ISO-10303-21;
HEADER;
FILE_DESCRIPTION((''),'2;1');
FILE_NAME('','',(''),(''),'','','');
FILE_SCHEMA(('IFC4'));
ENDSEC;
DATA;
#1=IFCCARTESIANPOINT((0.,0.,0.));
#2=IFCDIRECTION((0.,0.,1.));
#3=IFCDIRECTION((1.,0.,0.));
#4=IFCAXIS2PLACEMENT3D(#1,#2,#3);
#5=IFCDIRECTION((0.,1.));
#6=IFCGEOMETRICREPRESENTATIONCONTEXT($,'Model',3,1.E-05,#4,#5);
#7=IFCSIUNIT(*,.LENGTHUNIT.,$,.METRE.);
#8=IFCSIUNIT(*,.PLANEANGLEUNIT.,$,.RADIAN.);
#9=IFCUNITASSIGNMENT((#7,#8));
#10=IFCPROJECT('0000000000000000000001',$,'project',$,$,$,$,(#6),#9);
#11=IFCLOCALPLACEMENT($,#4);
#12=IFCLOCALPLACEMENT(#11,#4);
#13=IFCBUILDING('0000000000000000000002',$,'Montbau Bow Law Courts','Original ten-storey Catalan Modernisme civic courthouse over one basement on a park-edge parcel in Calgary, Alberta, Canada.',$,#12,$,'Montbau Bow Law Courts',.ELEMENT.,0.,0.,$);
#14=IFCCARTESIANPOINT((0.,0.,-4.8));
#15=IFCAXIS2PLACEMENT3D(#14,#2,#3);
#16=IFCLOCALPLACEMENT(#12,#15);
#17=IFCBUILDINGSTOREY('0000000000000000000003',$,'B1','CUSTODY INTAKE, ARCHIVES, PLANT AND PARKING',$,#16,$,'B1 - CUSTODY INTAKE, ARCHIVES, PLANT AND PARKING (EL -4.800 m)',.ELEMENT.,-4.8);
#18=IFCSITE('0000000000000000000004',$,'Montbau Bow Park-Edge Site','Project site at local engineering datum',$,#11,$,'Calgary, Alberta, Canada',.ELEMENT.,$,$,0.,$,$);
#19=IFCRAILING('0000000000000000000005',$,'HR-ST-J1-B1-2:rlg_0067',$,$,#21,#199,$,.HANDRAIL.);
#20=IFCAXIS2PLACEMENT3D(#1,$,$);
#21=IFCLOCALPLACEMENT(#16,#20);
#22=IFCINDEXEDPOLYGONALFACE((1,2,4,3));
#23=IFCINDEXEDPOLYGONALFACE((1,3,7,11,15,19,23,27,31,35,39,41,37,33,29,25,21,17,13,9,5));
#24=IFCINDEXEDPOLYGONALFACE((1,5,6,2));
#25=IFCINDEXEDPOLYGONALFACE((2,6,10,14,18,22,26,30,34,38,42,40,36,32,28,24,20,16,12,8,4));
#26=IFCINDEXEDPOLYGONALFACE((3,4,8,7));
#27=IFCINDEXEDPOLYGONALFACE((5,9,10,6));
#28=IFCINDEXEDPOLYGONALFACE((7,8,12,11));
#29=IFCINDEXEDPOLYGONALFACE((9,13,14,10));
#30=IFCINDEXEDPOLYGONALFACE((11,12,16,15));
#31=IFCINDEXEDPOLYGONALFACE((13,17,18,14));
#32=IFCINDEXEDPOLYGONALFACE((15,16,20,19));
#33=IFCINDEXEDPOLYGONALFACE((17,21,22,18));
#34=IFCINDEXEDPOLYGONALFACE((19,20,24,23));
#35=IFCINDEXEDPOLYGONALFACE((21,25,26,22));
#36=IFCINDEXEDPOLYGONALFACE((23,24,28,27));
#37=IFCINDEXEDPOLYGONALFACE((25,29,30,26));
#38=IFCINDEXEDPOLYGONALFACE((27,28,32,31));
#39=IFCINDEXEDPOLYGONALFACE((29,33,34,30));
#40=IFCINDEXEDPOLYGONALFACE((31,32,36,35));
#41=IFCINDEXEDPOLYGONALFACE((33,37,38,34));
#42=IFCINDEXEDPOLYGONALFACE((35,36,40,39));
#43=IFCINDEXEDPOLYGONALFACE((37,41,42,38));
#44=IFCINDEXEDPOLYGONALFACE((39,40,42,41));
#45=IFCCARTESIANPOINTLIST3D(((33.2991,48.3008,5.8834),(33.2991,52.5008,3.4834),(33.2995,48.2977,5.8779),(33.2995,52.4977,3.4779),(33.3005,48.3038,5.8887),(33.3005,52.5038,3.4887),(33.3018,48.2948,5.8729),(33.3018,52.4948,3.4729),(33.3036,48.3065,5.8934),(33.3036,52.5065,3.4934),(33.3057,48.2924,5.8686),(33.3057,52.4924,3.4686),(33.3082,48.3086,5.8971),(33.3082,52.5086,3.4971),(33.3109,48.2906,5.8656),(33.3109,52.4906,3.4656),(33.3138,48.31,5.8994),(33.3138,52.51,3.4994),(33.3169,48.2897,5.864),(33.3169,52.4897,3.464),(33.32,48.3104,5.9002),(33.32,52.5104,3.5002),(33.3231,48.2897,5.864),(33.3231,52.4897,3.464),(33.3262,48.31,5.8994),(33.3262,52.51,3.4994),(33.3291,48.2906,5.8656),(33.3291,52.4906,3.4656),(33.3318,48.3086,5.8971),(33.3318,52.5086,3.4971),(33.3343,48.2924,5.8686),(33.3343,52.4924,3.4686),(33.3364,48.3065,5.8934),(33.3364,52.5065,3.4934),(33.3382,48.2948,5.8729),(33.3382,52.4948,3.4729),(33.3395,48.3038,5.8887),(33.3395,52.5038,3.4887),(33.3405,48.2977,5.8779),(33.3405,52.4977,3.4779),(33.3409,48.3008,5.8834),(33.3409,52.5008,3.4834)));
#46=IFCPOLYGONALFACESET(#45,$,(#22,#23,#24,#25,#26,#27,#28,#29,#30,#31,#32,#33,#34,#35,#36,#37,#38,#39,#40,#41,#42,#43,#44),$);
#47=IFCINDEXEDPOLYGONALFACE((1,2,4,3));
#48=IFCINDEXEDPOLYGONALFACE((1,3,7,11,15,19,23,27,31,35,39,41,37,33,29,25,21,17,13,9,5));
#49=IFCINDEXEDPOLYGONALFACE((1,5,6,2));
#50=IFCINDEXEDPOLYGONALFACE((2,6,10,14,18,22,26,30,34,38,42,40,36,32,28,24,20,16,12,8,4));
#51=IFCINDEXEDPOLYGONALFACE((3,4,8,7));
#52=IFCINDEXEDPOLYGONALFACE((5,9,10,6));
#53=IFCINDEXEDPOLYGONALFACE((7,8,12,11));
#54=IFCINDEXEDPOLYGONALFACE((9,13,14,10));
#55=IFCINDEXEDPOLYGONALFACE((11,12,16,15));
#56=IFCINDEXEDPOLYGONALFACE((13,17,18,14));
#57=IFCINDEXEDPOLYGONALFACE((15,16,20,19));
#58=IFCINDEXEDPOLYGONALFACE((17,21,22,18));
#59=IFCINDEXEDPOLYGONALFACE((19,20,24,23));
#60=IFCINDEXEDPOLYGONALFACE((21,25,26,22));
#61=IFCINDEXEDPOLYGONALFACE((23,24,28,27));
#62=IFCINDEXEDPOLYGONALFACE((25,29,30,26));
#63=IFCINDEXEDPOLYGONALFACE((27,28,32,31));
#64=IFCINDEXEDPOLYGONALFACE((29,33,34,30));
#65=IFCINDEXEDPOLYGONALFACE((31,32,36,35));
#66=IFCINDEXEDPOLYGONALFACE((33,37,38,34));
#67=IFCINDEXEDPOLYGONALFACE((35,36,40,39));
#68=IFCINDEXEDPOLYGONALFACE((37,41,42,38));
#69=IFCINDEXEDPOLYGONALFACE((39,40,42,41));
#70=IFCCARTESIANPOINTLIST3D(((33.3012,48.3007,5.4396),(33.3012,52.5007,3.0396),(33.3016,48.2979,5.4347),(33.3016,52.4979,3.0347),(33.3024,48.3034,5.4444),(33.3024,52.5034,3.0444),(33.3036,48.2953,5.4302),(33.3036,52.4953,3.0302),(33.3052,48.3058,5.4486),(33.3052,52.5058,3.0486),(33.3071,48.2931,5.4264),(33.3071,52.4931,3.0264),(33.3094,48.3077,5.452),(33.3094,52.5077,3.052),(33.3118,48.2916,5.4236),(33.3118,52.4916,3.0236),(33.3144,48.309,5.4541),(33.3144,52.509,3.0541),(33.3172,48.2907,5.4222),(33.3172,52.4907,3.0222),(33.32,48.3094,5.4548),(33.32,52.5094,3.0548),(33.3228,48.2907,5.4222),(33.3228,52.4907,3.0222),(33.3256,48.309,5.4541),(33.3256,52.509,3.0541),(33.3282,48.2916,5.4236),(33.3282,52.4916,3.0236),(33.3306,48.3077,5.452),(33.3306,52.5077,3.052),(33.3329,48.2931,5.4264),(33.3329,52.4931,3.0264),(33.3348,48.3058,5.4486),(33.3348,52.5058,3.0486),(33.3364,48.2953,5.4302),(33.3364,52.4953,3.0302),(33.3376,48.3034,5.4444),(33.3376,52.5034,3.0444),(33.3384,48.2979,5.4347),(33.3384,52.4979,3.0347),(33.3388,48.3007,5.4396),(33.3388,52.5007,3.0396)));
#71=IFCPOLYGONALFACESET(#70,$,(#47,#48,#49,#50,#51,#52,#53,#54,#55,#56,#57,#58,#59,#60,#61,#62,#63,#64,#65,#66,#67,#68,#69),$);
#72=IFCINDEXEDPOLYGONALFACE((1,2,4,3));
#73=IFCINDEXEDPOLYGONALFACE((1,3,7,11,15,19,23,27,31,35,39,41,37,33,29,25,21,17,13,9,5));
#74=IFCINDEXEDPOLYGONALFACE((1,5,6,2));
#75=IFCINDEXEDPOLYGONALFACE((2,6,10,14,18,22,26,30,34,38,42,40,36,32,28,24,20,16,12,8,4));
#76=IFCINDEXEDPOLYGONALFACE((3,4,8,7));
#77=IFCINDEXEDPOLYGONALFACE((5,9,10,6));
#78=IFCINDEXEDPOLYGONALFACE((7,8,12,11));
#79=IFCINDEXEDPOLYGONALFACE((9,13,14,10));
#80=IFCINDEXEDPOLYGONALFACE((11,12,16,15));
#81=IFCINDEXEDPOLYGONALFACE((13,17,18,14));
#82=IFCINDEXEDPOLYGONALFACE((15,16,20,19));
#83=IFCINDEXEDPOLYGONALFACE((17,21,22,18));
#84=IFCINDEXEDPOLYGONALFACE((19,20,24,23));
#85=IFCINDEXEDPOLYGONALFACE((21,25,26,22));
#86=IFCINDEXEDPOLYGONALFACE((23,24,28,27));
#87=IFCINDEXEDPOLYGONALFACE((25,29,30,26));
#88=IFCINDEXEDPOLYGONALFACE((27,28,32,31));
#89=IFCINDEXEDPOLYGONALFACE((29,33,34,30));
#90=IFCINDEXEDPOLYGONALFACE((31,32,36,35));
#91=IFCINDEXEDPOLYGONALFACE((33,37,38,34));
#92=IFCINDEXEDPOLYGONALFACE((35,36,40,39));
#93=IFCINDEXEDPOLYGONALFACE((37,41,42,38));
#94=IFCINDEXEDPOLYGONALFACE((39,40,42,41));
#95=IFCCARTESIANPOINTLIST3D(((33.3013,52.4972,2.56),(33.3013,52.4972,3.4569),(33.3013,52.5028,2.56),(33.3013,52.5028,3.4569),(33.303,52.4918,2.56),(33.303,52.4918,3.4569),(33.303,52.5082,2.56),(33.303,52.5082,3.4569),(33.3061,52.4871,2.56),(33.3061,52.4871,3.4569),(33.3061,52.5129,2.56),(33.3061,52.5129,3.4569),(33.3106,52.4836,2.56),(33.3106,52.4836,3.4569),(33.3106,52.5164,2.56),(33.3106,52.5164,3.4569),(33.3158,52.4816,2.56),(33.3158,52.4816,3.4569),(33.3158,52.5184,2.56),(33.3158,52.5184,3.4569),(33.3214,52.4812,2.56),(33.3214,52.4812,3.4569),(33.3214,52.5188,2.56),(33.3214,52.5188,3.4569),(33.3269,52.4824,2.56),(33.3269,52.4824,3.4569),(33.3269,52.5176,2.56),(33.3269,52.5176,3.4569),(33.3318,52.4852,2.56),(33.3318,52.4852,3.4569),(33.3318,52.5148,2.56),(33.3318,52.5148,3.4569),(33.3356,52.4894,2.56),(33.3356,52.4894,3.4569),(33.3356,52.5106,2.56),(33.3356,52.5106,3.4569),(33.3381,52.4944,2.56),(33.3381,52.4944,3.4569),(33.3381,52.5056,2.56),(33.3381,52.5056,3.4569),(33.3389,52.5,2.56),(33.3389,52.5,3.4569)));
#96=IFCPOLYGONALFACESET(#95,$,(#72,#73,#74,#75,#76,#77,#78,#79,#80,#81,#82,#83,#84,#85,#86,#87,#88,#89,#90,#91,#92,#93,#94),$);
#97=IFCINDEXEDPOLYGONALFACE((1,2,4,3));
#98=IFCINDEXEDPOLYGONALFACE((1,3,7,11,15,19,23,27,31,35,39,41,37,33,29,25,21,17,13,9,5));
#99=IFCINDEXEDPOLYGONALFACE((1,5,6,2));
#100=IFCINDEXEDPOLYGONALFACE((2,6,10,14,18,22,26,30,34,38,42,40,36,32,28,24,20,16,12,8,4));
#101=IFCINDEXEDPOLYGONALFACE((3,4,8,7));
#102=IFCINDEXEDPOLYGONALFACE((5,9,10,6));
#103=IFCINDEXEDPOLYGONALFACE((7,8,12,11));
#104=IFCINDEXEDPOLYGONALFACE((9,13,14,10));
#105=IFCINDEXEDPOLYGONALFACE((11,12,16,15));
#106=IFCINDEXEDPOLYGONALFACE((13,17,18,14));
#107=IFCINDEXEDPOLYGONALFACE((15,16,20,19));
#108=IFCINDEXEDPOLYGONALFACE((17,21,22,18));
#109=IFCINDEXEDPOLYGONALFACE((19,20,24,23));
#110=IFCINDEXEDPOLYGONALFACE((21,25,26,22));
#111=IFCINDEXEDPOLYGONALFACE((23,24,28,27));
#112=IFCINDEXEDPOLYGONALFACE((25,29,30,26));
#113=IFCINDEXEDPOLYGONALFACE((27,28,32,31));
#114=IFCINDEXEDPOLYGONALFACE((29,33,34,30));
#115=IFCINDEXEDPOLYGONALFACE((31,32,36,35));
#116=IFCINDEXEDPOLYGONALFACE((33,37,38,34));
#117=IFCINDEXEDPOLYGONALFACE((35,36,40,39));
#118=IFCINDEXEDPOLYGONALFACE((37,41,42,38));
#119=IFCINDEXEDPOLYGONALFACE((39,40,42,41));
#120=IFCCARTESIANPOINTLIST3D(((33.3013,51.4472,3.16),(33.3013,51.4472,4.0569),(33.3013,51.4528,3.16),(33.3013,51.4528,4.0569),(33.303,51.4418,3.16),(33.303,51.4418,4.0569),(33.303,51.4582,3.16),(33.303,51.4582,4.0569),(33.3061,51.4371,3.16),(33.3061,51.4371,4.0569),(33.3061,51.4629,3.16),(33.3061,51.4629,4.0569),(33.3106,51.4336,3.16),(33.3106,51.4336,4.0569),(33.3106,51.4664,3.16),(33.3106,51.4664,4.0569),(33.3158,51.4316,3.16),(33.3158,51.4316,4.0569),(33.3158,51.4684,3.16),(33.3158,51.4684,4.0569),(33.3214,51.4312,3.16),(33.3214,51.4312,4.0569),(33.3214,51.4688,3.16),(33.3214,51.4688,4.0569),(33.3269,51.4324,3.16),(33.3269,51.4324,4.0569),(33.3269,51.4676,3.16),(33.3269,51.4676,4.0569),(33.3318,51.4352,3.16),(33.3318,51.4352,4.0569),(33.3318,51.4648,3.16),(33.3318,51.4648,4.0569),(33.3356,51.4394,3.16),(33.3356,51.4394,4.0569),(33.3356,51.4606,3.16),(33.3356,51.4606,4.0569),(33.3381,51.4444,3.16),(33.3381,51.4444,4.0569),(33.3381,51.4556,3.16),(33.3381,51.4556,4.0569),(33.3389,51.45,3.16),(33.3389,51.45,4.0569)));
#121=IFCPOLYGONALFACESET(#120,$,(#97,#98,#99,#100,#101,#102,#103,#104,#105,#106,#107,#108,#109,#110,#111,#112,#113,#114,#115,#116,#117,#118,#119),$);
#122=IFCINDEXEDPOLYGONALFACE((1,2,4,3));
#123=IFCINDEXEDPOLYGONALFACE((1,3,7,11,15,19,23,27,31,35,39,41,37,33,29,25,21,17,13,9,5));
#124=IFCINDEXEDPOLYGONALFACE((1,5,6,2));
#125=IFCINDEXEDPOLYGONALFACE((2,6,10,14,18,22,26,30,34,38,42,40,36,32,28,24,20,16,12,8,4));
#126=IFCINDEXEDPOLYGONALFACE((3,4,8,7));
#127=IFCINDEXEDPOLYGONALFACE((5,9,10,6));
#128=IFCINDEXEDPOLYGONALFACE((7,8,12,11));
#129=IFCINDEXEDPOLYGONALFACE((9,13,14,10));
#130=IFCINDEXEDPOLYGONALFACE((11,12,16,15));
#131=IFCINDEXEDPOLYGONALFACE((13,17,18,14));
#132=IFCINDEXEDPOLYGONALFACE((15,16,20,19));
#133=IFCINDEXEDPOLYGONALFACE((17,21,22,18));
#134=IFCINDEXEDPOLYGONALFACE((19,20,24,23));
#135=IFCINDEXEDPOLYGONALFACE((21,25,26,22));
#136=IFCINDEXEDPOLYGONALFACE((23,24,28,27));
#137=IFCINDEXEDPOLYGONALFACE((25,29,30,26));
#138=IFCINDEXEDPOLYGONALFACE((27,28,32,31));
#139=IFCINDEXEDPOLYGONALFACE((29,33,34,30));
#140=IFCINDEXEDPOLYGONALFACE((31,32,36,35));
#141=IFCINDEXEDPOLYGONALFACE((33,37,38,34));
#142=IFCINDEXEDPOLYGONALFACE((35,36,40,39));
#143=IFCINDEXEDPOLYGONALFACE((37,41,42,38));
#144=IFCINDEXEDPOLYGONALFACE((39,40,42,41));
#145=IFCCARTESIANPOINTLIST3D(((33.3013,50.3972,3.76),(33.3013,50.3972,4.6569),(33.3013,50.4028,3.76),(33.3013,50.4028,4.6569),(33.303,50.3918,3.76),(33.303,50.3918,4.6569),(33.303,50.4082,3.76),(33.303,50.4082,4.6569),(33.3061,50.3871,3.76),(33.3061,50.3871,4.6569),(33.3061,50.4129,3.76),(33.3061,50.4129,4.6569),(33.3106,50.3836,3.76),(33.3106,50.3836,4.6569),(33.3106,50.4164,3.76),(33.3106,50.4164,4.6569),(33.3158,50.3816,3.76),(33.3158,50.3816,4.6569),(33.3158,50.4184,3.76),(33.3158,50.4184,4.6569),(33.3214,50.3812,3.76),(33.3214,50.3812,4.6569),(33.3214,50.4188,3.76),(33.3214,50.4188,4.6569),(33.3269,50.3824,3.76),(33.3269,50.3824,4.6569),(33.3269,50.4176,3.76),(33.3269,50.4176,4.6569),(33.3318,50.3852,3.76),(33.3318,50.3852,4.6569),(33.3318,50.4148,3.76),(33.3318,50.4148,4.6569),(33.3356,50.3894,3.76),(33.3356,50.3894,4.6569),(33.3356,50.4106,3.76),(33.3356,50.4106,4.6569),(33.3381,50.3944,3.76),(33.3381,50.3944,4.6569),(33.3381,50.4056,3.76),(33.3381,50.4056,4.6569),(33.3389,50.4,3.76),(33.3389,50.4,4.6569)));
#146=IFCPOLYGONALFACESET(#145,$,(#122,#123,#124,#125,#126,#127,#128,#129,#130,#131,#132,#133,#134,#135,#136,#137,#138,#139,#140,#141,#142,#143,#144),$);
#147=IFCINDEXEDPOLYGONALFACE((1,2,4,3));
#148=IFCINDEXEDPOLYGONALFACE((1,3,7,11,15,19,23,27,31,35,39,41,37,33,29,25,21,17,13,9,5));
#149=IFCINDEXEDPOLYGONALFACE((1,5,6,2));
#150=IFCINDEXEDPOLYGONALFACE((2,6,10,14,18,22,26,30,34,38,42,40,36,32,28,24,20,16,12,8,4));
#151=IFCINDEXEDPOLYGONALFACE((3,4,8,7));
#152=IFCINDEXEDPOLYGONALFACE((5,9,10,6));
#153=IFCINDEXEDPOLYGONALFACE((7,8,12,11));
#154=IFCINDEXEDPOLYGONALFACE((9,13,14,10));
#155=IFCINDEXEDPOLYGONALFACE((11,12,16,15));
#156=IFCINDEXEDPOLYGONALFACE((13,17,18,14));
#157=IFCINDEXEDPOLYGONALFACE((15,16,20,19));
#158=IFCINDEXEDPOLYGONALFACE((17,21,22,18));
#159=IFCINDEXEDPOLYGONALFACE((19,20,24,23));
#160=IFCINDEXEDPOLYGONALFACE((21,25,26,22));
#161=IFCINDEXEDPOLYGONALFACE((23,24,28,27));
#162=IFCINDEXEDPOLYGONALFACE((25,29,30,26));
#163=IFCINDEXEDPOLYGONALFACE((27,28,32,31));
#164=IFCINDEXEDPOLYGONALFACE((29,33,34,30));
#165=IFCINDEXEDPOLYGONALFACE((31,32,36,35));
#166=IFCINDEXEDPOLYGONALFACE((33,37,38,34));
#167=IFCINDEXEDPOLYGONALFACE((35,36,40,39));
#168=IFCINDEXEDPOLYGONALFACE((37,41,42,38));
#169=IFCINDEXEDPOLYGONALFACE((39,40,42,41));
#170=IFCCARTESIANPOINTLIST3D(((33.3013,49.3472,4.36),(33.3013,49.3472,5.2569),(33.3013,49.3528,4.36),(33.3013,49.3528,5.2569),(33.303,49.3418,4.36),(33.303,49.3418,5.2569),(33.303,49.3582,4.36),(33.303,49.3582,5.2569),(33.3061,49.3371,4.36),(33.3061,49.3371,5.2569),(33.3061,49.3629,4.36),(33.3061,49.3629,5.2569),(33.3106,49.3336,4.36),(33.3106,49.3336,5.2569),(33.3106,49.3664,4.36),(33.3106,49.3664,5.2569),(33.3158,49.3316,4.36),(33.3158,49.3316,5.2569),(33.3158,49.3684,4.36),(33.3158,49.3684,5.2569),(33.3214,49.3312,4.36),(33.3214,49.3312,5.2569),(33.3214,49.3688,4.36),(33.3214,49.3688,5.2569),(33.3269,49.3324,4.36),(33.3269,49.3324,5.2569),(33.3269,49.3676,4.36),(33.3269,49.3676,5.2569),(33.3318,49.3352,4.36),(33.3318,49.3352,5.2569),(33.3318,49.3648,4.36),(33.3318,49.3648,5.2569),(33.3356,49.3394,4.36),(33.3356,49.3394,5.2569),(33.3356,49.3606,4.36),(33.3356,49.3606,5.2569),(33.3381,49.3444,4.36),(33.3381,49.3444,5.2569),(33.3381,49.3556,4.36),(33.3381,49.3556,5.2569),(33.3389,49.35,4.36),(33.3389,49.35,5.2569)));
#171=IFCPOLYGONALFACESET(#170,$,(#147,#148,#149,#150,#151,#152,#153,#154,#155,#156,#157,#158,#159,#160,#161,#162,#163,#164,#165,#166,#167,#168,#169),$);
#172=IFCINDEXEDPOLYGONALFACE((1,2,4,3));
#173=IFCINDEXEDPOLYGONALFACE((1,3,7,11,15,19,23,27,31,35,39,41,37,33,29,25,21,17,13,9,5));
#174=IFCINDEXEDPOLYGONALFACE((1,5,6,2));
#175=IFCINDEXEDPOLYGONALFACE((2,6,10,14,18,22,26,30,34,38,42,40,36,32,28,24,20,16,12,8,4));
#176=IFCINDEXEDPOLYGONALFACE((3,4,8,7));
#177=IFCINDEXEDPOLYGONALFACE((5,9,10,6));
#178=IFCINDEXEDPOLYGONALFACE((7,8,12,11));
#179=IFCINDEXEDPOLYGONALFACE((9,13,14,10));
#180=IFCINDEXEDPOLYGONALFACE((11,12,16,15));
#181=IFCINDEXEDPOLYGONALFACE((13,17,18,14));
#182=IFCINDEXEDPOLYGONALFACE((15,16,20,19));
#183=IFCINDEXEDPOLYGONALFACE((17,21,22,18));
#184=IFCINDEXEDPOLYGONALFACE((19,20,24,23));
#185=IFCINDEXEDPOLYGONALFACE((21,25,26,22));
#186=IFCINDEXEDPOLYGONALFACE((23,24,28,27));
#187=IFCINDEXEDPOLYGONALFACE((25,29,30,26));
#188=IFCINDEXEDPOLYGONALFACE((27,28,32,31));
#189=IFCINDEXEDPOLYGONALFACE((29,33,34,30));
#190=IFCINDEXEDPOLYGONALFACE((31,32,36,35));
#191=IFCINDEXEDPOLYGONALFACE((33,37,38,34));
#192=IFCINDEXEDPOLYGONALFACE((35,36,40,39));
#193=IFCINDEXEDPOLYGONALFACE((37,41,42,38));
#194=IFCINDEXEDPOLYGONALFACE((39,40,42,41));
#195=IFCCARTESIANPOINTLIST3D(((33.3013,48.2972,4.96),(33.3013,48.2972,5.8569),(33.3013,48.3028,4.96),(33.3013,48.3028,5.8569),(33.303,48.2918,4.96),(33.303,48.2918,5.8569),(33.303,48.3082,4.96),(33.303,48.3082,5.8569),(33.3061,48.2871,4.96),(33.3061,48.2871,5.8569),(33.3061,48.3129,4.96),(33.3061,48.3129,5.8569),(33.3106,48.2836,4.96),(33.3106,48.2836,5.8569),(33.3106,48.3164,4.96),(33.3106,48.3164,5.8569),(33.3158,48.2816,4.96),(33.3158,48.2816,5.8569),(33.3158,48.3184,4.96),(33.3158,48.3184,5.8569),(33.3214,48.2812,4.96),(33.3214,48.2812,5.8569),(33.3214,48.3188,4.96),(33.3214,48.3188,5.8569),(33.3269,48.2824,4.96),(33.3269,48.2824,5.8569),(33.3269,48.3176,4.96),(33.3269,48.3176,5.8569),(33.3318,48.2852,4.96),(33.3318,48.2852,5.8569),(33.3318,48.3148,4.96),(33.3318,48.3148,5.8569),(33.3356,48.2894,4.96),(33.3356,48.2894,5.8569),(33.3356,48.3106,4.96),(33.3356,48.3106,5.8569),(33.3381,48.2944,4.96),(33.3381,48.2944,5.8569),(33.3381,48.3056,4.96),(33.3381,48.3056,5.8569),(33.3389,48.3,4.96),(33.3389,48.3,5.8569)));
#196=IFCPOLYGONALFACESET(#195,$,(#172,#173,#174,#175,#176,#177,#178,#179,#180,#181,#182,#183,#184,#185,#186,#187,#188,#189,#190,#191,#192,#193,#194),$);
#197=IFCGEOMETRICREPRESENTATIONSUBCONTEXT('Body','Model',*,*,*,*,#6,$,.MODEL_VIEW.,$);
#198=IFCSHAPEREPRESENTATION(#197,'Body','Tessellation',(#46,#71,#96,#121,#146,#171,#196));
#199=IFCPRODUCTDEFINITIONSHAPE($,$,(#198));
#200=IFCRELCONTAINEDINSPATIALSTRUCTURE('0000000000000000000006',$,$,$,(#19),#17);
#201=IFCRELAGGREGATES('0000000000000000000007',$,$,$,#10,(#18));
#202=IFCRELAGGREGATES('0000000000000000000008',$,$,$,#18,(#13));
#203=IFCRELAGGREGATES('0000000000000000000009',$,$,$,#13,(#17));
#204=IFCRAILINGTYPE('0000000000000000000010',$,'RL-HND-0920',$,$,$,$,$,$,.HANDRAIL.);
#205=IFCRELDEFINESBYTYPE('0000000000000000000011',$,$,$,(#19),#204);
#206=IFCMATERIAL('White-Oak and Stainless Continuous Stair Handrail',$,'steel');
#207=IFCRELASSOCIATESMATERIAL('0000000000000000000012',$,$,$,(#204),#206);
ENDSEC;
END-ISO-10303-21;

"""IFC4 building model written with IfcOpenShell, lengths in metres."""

from ifc_helpers import new_model, si_unit, direction, frame, origin_with_axes, origin_2d_with_axis, place, context, subcontext, project, spatial, circle, extrude, material, type_object, element, save


model = new_model("IFC4")

# Units and contexts
model_context = context("Model", 3, precision=1e-05, world=origin_with_axes(), true_north=direction((0.0, 1.0)))
body_context = subcontext(model_context, "Body", "Model", "MODEL_VIEW")
ifc_project = project(units=[si_unit("LENGTHUNIT", "METRE"), si_unit("PLANEANGLEUNIT", "RADIAN")], contexts=[model_context])

# Site, building, storey
site_placement = place(None, origin_with_axes())
site = spatial("IfcSite", under=ifc_project, at=site_placement, Name="Montbau Bow Park-Edge Site", Description="Project site at local engineering datum", LongName="Calgary, Alberta, Canada", CompositionType="ELEMENT", RefElevation=0.0)
building_placement = place(site_placement, origin_with_axes())
building = spatial("IfcBuilding", under=site, at=building_placement, Name="Montbau Bow Law Courts", Description="Original ten-storey Catalan Modernisme civic courthouse over one basement on a park-edge parcel in Calgary, Alberta, Canada.", LongName="Montbau Bow Law Courts", CompositionType="ELEMENT", ElevationOfRefHeight=0.0, ElevationOfTerrain=0.0)
storey_placement = place(building_placement, frame((0.0, 0.0, -4.8), z_axis=(0.0, 0.0, 1.0), x_axis=(1.0, 0.0, 0.0)))
storey = spatial("IfcBuildingStorey", under=building, at=storey_placement, Name="B1", Description="CUSTODY INTAKE, ARCHIVES, PLANT AND PARKING", LongName="B1 - CUSTODY INTAKE, ARCHIVES, PLANT AND PARKING (EL -4.800 m)", CompositionType="ELEMENT", Elevation=-4.8)

# Railing
ifc_material_1 = material(Name="White-Oak and Stainless Continuous Stair Handrail", Category="steel")
railing_type_1 = type_object("IfcRailingType", Name="RL-HND-0920", PredefinedType="HANDRAIL", material=ifc_material_1)
railing_1_placement = place(None, origin_with_axes())
element("IfcRailing", 1, at=railing_1_placement, inside=storey, type_object=railing_type_1, Name="HR-ST-J1-B1-2:rlg_0067", PredefinedType="HANDRAIL", context=body_context, shape_type="SweptSolid", body=[
    extrude(circle(Radius=0.021, at=origin_2d_with_axis()), frame((33.32, 52.5, -1.318), z_axis=(0.0, -0.868243, 0.496139), x_axis=(0.0, 0.496139, 0.868243)), (0.0, 0.0, 1.0), 4.8374),
    extrude(circle(Radius=0.0189, at=origin_2d_with_axis()), frame((33.32, 52.5, -1.7616), z_axis=(0.0, -0.868243, 0.496139), x_axis=(0.0, 0.496139, 0.868243)), (0.0, 0.0, 1.0), 4.8374),
    extrude(circle(Radius=0.0189, at=origin_2d_with_axis()), frame((33.32, 52.5, -2.24), z_axis=(0.0, 0.0, 1.0), x_axis=(1.0, 0.0, 0.0)), (0.0, 0.0, 1.0), 0.8969),
    extrude(circle(Radius=0.0189, at=origin_2d_with_axis()), frame((33.32, 51.45, -1.64), z_axis=(0.0, 0.0, 1.0), x_axis=(1.0, 0.0, 0.0)), (0.0, 0.0, 1.0), 0.8969),
    extrude(circle(Radius=0.0189, at=origin_2d_with_axis()), frame((33.32, 50.4, -1.04), z_axis=(0.0, 0.0, 1.0), x_axis=(1.0, 0.0, 0.0)), (0.0, 0.0, 1.0), 0.8969),
    extrude(circle(Radius=0.0189, at=origin_2d_with_axis()), frame((33.32, 49.35, -0.44), z_axis=(0.0, 0.0, 1.0), x_axis=(1.0, 0.0, 0.0)), (0.0, 0.0, 1.0), 0.8969),
    extrude(circle(Radius=0.0189, at=origin_2d_with_axis()), frame((33.32, 48.3, 0.16), z_axis=(0.0, 0.0, 1.0), x_axis=(1.0, 0.0, 0.0)), (0.0, 0.0, 1.0), 0.8969),
])

save(model, "model.ifc")
